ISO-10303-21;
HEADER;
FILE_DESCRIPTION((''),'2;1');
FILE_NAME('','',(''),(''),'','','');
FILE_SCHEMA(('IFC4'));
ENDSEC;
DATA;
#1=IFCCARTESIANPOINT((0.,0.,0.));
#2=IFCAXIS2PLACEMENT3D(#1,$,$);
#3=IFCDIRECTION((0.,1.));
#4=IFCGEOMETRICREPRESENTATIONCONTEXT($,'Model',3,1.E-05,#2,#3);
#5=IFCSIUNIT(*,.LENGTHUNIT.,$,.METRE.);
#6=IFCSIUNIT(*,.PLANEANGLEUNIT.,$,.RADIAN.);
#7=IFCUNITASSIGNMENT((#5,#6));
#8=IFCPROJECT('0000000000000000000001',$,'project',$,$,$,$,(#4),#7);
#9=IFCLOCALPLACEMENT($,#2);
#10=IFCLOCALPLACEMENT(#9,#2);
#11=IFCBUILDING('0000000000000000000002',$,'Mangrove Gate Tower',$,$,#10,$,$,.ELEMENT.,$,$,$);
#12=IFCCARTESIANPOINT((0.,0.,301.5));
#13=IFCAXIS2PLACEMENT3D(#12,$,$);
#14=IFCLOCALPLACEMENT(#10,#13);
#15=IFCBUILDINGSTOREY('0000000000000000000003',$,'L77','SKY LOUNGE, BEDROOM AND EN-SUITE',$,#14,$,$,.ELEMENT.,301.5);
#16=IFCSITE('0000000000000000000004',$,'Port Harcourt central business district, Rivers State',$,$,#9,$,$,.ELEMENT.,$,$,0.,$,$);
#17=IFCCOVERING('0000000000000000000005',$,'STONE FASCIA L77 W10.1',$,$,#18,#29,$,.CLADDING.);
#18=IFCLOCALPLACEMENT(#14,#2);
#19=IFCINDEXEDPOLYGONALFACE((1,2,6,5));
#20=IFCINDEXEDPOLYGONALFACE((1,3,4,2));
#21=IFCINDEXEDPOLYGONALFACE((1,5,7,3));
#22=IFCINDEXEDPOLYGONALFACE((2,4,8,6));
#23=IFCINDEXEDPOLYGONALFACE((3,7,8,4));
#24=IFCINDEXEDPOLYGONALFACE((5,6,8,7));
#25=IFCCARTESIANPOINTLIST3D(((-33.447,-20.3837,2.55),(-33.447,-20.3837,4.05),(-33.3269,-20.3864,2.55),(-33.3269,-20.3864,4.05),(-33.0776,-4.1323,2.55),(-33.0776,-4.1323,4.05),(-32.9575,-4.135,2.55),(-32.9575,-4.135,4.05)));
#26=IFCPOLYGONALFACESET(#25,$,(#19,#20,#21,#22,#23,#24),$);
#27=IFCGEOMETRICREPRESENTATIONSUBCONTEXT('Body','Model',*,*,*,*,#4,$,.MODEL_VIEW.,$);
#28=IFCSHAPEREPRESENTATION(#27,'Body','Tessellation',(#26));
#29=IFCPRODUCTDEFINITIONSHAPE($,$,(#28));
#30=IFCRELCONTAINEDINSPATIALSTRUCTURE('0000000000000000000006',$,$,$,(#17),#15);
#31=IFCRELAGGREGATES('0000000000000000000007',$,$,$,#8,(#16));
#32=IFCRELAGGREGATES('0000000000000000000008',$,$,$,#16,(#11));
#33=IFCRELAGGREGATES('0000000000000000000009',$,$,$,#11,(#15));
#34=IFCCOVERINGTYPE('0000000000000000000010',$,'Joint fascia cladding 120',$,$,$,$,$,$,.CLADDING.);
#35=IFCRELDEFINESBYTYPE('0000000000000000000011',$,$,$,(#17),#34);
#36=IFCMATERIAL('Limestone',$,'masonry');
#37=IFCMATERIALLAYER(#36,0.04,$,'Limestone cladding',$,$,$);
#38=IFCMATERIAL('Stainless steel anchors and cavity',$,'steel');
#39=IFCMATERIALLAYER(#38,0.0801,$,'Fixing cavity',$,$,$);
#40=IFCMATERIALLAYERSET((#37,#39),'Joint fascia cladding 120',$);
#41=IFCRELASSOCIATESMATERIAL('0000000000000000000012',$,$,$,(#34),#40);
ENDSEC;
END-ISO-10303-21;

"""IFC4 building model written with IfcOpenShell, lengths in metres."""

from ifc_helpers import new_model, si_unit, direction, frame, frame_2d, origin, place, context, subcontext, project, spatial, rectangle, extrude, material, layer, layer_set, type_object, element, save


model = new_model("IFC4")

# Units and contexts
model_context = context("Model", 3, precision=1e-05, world=origin(), true_north=direction((0.0, 1.0)))
body_context = subcontext(model_context, "Body", "Model", "MODEL_VIEW")
ifc_project = project(units=[si_unit("LENGTHUNIT", "METRE"), si_unit("PLANEANGLEUNIT", "RADIAN")], contexts=[model_context])

# Site, building, storey
site_placement = place(None, origin())
site = spatial("IfcSite", under=ifc_project, at=site_placement, Name="Port Harcourt central business district, Rivers State", CompositionType="ELEMENT", RefElevation=0.0)
building_placement = place(site_placement, origin())
building = spatial("IfcBuilding", under=site, at=building_placement, Name="Mangrove Gate Tower", CompositionType="ELEMENT")
storey_placement = place(building_placement, frame((0.0, 0.0, 301.5)))
storey = spatial("IfcBuildingStorey", under=building, at=storey_placement, Name="L77", Description="SKY LOUNGE, BEDROOM AND EN-SUITE", CompositionType="ELEMENT", Elevation=301.5)

# Shared definitions
ifc_material_1 = material(Name="Limestone", Category="masonry")

# Covering
ifc_layer_1 = layer(ifc_material_1, 0.04, Name="Limestone cladding")
ifc_material_2 = material(Name="Stainless steel anchors and cavity", Category="steel")
ifc_layer_2 = layer(ifc_material_2, 0.0801, Name="Fixing cavity")
ifc_layer_set_1 = layer_set([ifc_layer_1, ifc_layer_2], Name="Joint fascia cladding 120")
covering_type = type_object("IfcCoveringType", Name="Joint fascia cladding 120", PredefinedType="CLADDING", material=ifc_layer_set_1)
covering_1_placement = place(storey_placement, frame((-33.0176, -4.1335, 2.55), z_axis=(0.0, 0.0, 1.0), x_axis=(-0.022723, -0.999742, 0.0)))
element("IfcCovering", 1, at=covering_1_placement, inside=storey, type_object=covering_type, Name="STONE FASCIA L77 W10.1", PredefinedType="CLADDING", context=body_context, shape_type="SweptSolid", body=[
    extrude(rectangle(XDim=16.2556, YDim=0.1201, at=frame_2d((8.1279, 0.0))), origin(), (0.0, 0.0, 1.0), 1.5),
])

save(model, "model.ifc")
